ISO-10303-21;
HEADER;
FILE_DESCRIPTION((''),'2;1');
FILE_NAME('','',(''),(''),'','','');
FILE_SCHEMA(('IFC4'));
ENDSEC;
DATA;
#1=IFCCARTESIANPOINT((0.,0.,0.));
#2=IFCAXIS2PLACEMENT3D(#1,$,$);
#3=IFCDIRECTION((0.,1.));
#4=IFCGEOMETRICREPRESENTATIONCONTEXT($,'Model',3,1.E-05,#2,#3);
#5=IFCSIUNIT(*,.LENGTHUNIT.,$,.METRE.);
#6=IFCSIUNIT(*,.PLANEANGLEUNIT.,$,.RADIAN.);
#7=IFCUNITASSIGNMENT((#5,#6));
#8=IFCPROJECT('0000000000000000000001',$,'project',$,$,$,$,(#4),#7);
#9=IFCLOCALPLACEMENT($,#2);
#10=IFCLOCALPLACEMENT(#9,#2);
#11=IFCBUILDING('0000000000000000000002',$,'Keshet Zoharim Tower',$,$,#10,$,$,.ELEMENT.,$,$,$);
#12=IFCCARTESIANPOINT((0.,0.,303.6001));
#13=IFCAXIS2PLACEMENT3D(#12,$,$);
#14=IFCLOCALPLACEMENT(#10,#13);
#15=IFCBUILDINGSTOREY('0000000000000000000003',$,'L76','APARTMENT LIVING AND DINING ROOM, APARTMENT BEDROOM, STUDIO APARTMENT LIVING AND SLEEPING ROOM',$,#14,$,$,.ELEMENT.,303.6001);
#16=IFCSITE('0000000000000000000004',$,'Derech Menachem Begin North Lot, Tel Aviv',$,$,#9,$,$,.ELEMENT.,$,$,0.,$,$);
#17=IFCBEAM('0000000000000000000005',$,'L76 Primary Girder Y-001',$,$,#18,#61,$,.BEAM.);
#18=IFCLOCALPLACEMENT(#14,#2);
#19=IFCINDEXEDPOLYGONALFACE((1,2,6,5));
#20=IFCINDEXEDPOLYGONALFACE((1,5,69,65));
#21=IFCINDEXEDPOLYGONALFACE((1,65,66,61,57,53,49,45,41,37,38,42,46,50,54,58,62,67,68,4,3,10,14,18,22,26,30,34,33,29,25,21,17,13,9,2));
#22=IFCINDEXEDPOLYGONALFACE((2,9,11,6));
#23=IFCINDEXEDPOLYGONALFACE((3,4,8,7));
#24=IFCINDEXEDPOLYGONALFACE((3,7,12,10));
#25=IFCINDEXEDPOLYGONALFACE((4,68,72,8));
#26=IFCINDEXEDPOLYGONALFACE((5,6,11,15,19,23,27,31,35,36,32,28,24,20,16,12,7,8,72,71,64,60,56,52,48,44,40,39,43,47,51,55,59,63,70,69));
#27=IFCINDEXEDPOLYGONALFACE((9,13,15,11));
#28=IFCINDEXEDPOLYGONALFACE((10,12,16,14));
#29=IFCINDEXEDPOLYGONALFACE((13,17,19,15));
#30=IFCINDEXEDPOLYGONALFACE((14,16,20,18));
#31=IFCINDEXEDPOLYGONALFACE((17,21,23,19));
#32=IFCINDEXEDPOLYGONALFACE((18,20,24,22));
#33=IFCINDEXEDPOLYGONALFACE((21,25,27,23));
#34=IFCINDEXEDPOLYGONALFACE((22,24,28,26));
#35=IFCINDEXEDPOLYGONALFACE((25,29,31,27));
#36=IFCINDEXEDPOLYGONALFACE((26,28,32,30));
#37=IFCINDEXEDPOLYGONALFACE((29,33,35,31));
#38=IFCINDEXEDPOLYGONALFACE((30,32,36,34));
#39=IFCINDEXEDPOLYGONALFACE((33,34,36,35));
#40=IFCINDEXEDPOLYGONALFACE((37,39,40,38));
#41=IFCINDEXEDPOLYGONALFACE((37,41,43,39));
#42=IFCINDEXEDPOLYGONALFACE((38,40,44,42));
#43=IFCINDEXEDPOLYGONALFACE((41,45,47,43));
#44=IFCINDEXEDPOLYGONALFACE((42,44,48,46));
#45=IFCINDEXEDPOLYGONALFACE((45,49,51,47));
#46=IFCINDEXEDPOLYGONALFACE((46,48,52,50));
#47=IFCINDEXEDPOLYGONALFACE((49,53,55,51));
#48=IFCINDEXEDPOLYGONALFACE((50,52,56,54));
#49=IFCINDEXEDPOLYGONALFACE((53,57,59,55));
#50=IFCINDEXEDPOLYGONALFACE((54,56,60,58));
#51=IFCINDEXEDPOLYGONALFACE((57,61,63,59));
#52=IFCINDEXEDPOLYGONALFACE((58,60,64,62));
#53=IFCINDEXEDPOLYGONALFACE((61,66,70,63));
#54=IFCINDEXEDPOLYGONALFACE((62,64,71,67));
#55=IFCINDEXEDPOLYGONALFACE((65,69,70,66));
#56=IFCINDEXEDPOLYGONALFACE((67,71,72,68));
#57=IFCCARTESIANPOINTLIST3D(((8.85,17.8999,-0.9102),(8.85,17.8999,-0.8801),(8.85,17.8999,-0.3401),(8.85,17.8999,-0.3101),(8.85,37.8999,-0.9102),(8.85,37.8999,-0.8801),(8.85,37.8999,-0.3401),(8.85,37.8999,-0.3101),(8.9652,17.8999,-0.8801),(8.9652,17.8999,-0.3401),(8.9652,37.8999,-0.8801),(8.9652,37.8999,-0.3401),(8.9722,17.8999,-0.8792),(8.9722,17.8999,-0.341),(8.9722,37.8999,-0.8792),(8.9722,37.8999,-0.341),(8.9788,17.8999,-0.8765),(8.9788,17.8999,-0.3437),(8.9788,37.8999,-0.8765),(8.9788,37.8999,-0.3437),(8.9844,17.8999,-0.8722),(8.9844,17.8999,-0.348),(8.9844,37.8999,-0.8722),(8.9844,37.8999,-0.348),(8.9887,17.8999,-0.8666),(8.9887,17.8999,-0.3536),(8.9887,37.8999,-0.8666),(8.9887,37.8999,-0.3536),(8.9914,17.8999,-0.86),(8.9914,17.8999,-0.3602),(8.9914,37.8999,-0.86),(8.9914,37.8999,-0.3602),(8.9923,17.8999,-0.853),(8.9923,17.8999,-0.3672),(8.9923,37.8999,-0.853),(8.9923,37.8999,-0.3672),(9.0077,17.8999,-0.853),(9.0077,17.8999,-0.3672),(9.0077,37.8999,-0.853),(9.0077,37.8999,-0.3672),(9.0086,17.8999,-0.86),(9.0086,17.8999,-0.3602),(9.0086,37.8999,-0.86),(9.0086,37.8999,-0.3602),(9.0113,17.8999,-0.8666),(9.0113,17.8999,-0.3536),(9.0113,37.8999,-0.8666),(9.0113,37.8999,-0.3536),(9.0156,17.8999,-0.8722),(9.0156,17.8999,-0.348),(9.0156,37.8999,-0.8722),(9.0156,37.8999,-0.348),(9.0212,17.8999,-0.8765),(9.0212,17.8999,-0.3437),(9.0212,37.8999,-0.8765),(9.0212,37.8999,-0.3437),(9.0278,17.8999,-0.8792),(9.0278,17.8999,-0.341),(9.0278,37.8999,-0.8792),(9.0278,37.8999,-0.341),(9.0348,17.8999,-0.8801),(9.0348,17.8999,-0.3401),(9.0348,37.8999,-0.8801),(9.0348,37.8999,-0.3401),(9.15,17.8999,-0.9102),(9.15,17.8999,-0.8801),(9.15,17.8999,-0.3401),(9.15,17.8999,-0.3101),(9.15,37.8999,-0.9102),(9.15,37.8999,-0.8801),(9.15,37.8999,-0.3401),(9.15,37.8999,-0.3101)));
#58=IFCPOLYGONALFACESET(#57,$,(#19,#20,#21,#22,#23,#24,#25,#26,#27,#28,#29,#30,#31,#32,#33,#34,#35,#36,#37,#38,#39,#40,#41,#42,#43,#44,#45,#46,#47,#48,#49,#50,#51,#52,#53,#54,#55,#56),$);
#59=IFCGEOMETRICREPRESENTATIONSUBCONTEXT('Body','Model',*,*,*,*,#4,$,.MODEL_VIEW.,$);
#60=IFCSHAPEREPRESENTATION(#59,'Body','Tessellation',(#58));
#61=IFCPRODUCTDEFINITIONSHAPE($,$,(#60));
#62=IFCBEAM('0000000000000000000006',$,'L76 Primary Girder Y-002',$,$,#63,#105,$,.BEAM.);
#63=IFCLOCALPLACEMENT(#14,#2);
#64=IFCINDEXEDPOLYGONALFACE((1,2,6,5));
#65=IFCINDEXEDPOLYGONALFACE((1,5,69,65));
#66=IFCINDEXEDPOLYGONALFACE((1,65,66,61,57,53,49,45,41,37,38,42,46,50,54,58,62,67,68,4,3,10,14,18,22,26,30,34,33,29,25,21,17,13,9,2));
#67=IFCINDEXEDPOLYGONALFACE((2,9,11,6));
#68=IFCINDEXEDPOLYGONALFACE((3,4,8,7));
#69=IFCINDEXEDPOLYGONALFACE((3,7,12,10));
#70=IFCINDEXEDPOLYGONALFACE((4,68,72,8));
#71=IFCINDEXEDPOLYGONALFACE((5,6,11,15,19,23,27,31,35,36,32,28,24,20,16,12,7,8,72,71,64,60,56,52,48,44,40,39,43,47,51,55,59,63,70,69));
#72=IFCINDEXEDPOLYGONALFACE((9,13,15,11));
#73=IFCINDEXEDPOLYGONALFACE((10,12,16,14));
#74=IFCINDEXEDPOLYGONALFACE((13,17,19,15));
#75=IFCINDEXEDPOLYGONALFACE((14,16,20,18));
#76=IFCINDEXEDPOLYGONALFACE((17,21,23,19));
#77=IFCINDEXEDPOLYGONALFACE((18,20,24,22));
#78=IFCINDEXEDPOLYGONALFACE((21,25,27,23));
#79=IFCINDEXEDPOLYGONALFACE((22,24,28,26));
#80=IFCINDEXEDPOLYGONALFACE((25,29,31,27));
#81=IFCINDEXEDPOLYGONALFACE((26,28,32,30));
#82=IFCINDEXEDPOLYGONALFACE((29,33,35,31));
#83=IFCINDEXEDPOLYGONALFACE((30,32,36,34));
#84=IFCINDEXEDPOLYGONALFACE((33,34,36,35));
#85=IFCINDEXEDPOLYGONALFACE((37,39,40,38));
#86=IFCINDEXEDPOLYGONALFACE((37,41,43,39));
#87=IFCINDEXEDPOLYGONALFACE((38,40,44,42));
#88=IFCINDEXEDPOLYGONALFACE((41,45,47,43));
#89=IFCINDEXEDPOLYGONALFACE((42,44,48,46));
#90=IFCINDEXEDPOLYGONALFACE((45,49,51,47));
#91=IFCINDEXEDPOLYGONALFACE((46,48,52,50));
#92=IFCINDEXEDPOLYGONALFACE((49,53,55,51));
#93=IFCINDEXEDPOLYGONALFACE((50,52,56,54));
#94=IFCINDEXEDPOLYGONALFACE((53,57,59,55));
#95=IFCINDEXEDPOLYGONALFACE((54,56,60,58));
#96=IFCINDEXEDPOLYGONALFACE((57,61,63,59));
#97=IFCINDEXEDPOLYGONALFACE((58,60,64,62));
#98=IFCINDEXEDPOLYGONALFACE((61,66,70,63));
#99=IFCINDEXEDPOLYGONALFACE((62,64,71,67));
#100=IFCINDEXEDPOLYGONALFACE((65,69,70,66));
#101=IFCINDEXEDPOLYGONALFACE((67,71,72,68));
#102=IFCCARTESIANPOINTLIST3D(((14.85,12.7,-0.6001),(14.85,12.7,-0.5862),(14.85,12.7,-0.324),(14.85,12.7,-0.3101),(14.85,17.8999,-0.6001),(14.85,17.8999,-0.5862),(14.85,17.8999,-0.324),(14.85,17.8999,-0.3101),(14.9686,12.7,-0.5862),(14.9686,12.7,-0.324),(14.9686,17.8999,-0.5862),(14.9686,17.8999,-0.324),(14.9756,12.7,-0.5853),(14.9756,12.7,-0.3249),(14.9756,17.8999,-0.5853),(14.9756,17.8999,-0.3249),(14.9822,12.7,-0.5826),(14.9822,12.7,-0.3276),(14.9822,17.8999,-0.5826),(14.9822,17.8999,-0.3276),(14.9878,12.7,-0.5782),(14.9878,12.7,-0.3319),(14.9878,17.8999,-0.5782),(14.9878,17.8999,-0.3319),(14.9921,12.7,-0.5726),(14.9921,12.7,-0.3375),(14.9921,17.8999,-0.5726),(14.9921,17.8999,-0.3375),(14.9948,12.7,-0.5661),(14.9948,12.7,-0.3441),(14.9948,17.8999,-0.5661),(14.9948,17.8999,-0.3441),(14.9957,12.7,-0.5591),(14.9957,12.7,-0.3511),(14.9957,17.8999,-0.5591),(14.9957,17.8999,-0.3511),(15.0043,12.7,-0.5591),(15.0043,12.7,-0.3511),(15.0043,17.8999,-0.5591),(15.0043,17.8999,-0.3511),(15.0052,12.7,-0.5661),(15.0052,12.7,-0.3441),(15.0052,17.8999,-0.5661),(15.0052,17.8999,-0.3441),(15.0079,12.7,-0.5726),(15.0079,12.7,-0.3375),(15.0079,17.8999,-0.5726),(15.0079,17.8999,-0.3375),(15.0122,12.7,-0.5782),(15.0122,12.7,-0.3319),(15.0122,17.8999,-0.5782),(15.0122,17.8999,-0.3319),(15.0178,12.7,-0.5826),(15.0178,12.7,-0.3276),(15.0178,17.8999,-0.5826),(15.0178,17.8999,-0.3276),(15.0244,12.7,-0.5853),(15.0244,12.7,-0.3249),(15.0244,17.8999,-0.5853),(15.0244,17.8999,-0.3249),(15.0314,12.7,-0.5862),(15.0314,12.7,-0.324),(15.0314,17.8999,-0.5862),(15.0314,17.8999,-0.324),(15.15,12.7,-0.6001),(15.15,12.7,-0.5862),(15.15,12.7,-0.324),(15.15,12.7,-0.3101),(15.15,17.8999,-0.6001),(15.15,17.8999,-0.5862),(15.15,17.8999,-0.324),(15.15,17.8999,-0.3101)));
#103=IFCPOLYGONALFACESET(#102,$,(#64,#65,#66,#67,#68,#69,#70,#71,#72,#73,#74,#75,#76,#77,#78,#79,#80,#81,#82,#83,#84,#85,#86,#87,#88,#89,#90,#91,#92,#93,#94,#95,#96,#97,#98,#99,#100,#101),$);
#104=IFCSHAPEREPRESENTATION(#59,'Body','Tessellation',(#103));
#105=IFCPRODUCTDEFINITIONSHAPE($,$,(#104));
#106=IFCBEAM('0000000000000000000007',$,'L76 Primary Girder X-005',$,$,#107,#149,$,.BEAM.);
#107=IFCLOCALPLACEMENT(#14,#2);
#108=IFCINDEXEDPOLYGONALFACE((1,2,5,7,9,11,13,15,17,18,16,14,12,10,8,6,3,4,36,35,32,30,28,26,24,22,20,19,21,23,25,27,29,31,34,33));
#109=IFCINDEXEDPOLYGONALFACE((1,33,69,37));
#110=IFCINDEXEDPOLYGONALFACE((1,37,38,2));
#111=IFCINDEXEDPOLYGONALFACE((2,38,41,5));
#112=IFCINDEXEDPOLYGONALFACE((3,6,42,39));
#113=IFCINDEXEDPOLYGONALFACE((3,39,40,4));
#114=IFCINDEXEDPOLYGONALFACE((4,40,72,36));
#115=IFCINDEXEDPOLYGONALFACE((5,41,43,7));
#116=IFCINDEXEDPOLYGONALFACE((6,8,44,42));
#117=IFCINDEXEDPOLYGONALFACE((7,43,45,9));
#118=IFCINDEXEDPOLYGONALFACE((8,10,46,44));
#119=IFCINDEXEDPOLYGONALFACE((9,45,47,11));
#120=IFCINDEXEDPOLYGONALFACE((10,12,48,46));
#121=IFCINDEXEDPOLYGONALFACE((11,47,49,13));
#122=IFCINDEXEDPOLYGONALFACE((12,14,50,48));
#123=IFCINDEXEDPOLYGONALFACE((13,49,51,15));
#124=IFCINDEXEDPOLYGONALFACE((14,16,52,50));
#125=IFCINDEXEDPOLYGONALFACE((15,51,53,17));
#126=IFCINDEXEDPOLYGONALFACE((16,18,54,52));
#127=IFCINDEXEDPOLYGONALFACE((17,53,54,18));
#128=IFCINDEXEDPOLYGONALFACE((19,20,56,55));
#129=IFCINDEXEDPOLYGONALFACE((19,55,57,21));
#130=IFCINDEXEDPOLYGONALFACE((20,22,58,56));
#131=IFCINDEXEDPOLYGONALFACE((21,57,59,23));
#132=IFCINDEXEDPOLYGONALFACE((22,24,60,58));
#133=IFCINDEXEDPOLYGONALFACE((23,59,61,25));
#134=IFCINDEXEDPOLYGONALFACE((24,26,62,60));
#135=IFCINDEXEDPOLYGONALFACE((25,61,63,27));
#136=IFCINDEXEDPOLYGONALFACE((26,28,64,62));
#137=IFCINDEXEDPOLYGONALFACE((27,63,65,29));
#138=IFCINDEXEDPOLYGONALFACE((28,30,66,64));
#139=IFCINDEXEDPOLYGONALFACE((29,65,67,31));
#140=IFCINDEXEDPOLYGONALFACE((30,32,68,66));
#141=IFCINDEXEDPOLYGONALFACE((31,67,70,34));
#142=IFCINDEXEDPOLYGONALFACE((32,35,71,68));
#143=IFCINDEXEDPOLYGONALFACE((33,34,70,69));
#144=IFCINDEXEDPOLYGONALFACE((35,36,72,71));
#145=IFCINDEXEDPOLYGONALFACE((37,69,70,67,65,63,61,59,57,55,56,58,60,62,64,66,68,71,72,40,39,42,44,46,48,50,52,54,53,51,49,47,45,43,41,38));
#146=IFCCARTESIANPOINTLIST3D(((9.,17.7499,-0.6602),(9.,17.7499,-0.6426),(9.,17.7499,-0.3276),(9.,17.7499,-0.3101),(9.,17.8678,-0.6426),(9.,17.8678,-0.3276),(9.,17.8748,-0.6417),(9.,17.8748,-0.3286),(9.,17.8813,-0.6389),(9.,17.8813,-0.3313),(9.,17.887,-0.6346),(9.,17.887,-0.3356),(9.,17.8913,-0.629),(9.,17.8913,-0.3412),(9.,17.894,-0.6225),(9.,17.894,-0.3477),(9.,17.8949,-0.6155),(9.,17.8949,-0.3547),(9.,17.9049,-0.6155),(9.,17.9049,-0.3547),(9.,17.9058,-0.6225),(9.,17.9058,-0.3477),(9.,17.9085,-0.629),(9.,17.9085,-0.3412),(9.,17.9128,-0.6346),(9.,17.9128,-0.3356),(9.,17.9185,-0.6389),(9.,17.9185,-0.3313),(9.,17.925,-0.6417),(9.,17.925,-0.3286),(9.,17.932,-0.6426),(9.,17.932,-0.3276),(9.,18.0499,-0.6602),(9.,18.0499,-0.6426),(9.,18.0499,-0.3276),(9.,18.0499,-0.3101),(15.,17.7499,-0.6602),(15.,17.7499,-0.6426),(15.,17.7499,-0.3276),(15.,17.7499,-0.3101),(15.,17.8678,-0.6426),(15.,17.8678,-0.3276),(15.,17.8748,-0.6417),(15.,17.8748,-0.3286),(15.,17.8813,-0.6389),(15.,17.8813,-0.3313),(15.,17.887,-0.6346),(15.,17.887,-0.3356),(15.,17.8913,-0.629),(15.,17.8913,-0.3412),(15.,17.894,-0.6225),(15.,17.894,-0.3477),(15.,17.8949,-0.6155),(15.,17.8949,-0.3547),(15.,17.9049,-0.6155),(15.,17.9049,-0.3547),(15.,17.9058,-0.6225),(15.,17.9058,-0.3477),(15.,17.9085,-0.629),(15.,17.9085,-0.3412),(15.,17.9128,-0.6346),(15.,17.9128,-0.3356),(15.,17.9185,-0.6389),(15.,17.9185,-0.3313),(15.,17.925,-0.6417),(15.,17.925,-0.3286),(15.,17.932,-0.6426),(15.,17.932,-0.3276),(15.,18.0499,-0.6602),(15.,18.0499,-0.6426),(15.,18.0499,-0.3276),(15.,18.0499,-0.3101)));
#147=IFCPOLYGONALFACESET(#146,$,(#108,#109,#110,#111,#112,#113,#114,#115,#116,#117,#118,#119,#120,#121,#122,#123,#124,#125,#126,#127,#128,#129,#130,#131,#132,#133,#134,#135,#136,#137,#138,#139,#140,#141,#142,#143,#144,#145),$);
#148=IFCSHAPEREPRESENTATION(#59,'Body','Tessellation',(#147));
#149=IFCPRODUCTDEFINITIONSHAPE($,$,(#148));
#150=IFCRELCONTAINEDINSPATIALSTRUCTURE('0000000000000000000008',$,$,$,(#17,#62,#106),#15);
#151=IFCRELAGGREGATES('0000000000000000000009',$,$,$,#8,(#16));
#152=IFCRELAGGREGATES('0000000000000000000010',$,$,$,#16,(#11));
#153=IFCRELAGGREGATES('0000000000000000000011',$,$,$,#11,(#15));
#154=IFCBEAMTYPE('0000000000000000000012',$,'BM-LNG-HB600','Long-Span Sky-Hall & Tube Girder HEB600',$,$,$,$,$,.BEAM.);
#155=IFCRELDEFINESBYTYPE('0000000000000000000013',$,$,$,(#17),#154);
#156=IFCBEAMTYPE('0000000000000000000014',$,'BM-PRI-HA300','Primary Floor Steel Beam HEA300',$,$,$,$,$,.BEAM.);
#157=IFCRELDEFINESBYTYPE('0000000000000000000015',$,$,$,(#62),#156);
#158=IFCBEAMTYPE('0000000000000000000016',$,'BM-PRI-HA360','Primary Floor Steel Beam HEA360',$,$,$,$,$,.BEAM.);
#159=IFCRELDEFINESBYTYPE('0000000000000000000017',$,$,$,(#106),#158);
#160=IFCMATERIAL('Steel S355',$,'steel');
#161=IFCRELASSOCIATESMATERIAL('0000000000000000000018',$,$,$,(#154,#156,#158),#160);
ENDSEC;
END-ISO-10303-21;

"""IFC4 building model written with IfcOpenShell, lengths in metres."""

from ifc_helpers import new_model, si_unit, direction, frame, origin, origin_2d, place, context, subcontext, project, spatial, i_section, extrude, material, material_profile, profile_set, type_object, element, save


model = new_model("IFC4")

# Units and contexts
model_context = context("Model", 3, precision=1e-05, world=origin(), true_north=direction((0.0, 1.0)))
body_context = subcontext(model_context, "Body", "Model", "MODEL_VIEW")
ifc_project = project(units=[si_unit("LENGTHUNIT", "METRE"), si_unit("PLANEANGLEUNIT", "RADIAN")], contexts=[model_context])

# Site, building, storey
site_placement = place(None, origin())
site = spatial("IfcSite", under=ifc_project, at=site_placement, Name="Derech Menachem Begin North Lot, Tel Aviv", CompositionType="ELEMENT", RefElevation=0.0)
building_placement = place(site_placement, origin())
building = spatial("IfcBuilding", under=site, at=building_placement, Name="Keshet Zoharim Tower", CompositionType="ELEMENT")
storey_placement = place(building_placement, frame((0.0, 0.0, 303.6001)))
storey = spatial("IfcBuildingStorey", under=building, at=storey_placement, Name="L76", Description="APARTMENT LIVING AND DINING ROOM, APARTMENT BEDROOM, STUDIO APARTMENT LIVING AND SLEEPING ROOM", CompositionType="ELEMENT", Elevation=303.6001)

# Shared definitions
ifc_material_1 = material(Name="Steel S355", Category="steel")

# Beams
ifc_material_profile_1 = material_profile(ifc_material_1, i_section(OverallWidth=0.3, OverallDepth=0.6001, WebThickness=0.0154, FlangeThickness=0.03, FilletRadius=0.0271, at=origin_2d()), Name="HEB600")
ifc_profile_set_1 = profile_set([ifc_material_profile_1], Name="Steel S355")
beam_type_1 = type_object("IfcBeamType", Name="BM-LNG-HB600", Description="Long-Span Sky-Hall & Tube Girder HEB600", PredefinedType="BEAM", material=ifc_profile_set_1)
beam_1_placement = place(storey_placement, frame((9.0, 17.8999, -0.6101), z_axis=(0.0, 1.0, 0.0), x_axis=(-1.0, 0.0, 0.0)))
element("IfcBeam", 1, at=beam_1_placement, inside=storey, type_object=beam_type_1, Name="L76 Primary Girder Y-001", PredefinedType="BEAM", context=body_context, shape_type="SweptSolid", body=[
    extrude(i_section(OverallWidth=0.3, OverallDepth=0.6001, WebThickness=0.0154, FlangeThickness=0.03, FilletRadius=0.0271, at=origin_2d()), origin(), (0.0, 0.0, 1.0), 20.0),
])
ifc_material_profile_2 = material_profile(ifc_material_1, i_section(OverallWidth=0.3, OverallDepth=0.29, WebThickness=0.0085, FlangeThickness=0.0139, FilletRadius=0.0271, at=origin_2d()), Name="HEA300")
ifc_profile_set_2 = profile_set([ifc_material_profile_2], Name="Steel S355")
beam_type_2 = type_object("IfcBeamType", Name="BM-PRI-HA300", Description="Primary Floor Steel Beam HEA300", PredefinedType="BEAM", material=ifc_profile_set_2)
beam_2_placement = place(storey_placement, frame((15.0, 12.7, -0.4551), z_axis=(0.0, 1.0, 0.0), x_axis=(-1.0, 0.0, 0.0)))
element("IfcBeam", 2, at=beam_2_placement, inside=storey, type_object=beam_type_2, Name="L76 Primary Girder Y-002", PredefinedType="BEAM", context=body_context, shape_type="SweptSolid", body=[
    extrude(i_section(OverallWidth=0.3, OverallDepth=0.29, WebThickness=0.0085, FlangeThickness=0.0139, FilletRadius=0.0271, at=origin_2d()), origin(), (0.0, 0.0, 1.0), 5.2),
])
ifc_material_profile_3 = material_profile(ifc_material_1, i_section(OverallWidth=0.3, OverallDepth=0.3501, WebThickness=0.01, FlangeThickness=0.0176, FilletRadius=0.0271, at=origin_2d()), Name="HEA360")
ifc_profile_set_3 = profile_set([ifc_material_profile_3], Name="Steel S355")
beam_type_3 = type_object("IfcBeamType", Name="BM-PRI-HA360", Description="Primary Floor Steel Beam HEA360", PredefinedType="BEAM", material=ifc_profile_set_3)
beam_3_placement = place(storey_placement, frame((9.0, 17.8999, -0.4851), z_axis=(1.0, 0.0, 0.0), x_axis=(0.0, 1.0, 0.0)))
element("IfcBeam", 3, at=beam_3_placement, inside=storey, type_object=beam_type_3, Name="L76 Primary Girder X-005", PredefinedType="BEAM", context=body_context, shape_type="SweptSolid", body=[
    extrude(i_section(OverallWidth=0.3, OverallDepth=0.3501, WebThickness=0.01, FlangeThickness=0.0176, FilletRadius=0.0271, at=origin_2d()), origin(), (0.0, 0.0, 1.0), 6.0),
])

save(model, "model.ifc")
